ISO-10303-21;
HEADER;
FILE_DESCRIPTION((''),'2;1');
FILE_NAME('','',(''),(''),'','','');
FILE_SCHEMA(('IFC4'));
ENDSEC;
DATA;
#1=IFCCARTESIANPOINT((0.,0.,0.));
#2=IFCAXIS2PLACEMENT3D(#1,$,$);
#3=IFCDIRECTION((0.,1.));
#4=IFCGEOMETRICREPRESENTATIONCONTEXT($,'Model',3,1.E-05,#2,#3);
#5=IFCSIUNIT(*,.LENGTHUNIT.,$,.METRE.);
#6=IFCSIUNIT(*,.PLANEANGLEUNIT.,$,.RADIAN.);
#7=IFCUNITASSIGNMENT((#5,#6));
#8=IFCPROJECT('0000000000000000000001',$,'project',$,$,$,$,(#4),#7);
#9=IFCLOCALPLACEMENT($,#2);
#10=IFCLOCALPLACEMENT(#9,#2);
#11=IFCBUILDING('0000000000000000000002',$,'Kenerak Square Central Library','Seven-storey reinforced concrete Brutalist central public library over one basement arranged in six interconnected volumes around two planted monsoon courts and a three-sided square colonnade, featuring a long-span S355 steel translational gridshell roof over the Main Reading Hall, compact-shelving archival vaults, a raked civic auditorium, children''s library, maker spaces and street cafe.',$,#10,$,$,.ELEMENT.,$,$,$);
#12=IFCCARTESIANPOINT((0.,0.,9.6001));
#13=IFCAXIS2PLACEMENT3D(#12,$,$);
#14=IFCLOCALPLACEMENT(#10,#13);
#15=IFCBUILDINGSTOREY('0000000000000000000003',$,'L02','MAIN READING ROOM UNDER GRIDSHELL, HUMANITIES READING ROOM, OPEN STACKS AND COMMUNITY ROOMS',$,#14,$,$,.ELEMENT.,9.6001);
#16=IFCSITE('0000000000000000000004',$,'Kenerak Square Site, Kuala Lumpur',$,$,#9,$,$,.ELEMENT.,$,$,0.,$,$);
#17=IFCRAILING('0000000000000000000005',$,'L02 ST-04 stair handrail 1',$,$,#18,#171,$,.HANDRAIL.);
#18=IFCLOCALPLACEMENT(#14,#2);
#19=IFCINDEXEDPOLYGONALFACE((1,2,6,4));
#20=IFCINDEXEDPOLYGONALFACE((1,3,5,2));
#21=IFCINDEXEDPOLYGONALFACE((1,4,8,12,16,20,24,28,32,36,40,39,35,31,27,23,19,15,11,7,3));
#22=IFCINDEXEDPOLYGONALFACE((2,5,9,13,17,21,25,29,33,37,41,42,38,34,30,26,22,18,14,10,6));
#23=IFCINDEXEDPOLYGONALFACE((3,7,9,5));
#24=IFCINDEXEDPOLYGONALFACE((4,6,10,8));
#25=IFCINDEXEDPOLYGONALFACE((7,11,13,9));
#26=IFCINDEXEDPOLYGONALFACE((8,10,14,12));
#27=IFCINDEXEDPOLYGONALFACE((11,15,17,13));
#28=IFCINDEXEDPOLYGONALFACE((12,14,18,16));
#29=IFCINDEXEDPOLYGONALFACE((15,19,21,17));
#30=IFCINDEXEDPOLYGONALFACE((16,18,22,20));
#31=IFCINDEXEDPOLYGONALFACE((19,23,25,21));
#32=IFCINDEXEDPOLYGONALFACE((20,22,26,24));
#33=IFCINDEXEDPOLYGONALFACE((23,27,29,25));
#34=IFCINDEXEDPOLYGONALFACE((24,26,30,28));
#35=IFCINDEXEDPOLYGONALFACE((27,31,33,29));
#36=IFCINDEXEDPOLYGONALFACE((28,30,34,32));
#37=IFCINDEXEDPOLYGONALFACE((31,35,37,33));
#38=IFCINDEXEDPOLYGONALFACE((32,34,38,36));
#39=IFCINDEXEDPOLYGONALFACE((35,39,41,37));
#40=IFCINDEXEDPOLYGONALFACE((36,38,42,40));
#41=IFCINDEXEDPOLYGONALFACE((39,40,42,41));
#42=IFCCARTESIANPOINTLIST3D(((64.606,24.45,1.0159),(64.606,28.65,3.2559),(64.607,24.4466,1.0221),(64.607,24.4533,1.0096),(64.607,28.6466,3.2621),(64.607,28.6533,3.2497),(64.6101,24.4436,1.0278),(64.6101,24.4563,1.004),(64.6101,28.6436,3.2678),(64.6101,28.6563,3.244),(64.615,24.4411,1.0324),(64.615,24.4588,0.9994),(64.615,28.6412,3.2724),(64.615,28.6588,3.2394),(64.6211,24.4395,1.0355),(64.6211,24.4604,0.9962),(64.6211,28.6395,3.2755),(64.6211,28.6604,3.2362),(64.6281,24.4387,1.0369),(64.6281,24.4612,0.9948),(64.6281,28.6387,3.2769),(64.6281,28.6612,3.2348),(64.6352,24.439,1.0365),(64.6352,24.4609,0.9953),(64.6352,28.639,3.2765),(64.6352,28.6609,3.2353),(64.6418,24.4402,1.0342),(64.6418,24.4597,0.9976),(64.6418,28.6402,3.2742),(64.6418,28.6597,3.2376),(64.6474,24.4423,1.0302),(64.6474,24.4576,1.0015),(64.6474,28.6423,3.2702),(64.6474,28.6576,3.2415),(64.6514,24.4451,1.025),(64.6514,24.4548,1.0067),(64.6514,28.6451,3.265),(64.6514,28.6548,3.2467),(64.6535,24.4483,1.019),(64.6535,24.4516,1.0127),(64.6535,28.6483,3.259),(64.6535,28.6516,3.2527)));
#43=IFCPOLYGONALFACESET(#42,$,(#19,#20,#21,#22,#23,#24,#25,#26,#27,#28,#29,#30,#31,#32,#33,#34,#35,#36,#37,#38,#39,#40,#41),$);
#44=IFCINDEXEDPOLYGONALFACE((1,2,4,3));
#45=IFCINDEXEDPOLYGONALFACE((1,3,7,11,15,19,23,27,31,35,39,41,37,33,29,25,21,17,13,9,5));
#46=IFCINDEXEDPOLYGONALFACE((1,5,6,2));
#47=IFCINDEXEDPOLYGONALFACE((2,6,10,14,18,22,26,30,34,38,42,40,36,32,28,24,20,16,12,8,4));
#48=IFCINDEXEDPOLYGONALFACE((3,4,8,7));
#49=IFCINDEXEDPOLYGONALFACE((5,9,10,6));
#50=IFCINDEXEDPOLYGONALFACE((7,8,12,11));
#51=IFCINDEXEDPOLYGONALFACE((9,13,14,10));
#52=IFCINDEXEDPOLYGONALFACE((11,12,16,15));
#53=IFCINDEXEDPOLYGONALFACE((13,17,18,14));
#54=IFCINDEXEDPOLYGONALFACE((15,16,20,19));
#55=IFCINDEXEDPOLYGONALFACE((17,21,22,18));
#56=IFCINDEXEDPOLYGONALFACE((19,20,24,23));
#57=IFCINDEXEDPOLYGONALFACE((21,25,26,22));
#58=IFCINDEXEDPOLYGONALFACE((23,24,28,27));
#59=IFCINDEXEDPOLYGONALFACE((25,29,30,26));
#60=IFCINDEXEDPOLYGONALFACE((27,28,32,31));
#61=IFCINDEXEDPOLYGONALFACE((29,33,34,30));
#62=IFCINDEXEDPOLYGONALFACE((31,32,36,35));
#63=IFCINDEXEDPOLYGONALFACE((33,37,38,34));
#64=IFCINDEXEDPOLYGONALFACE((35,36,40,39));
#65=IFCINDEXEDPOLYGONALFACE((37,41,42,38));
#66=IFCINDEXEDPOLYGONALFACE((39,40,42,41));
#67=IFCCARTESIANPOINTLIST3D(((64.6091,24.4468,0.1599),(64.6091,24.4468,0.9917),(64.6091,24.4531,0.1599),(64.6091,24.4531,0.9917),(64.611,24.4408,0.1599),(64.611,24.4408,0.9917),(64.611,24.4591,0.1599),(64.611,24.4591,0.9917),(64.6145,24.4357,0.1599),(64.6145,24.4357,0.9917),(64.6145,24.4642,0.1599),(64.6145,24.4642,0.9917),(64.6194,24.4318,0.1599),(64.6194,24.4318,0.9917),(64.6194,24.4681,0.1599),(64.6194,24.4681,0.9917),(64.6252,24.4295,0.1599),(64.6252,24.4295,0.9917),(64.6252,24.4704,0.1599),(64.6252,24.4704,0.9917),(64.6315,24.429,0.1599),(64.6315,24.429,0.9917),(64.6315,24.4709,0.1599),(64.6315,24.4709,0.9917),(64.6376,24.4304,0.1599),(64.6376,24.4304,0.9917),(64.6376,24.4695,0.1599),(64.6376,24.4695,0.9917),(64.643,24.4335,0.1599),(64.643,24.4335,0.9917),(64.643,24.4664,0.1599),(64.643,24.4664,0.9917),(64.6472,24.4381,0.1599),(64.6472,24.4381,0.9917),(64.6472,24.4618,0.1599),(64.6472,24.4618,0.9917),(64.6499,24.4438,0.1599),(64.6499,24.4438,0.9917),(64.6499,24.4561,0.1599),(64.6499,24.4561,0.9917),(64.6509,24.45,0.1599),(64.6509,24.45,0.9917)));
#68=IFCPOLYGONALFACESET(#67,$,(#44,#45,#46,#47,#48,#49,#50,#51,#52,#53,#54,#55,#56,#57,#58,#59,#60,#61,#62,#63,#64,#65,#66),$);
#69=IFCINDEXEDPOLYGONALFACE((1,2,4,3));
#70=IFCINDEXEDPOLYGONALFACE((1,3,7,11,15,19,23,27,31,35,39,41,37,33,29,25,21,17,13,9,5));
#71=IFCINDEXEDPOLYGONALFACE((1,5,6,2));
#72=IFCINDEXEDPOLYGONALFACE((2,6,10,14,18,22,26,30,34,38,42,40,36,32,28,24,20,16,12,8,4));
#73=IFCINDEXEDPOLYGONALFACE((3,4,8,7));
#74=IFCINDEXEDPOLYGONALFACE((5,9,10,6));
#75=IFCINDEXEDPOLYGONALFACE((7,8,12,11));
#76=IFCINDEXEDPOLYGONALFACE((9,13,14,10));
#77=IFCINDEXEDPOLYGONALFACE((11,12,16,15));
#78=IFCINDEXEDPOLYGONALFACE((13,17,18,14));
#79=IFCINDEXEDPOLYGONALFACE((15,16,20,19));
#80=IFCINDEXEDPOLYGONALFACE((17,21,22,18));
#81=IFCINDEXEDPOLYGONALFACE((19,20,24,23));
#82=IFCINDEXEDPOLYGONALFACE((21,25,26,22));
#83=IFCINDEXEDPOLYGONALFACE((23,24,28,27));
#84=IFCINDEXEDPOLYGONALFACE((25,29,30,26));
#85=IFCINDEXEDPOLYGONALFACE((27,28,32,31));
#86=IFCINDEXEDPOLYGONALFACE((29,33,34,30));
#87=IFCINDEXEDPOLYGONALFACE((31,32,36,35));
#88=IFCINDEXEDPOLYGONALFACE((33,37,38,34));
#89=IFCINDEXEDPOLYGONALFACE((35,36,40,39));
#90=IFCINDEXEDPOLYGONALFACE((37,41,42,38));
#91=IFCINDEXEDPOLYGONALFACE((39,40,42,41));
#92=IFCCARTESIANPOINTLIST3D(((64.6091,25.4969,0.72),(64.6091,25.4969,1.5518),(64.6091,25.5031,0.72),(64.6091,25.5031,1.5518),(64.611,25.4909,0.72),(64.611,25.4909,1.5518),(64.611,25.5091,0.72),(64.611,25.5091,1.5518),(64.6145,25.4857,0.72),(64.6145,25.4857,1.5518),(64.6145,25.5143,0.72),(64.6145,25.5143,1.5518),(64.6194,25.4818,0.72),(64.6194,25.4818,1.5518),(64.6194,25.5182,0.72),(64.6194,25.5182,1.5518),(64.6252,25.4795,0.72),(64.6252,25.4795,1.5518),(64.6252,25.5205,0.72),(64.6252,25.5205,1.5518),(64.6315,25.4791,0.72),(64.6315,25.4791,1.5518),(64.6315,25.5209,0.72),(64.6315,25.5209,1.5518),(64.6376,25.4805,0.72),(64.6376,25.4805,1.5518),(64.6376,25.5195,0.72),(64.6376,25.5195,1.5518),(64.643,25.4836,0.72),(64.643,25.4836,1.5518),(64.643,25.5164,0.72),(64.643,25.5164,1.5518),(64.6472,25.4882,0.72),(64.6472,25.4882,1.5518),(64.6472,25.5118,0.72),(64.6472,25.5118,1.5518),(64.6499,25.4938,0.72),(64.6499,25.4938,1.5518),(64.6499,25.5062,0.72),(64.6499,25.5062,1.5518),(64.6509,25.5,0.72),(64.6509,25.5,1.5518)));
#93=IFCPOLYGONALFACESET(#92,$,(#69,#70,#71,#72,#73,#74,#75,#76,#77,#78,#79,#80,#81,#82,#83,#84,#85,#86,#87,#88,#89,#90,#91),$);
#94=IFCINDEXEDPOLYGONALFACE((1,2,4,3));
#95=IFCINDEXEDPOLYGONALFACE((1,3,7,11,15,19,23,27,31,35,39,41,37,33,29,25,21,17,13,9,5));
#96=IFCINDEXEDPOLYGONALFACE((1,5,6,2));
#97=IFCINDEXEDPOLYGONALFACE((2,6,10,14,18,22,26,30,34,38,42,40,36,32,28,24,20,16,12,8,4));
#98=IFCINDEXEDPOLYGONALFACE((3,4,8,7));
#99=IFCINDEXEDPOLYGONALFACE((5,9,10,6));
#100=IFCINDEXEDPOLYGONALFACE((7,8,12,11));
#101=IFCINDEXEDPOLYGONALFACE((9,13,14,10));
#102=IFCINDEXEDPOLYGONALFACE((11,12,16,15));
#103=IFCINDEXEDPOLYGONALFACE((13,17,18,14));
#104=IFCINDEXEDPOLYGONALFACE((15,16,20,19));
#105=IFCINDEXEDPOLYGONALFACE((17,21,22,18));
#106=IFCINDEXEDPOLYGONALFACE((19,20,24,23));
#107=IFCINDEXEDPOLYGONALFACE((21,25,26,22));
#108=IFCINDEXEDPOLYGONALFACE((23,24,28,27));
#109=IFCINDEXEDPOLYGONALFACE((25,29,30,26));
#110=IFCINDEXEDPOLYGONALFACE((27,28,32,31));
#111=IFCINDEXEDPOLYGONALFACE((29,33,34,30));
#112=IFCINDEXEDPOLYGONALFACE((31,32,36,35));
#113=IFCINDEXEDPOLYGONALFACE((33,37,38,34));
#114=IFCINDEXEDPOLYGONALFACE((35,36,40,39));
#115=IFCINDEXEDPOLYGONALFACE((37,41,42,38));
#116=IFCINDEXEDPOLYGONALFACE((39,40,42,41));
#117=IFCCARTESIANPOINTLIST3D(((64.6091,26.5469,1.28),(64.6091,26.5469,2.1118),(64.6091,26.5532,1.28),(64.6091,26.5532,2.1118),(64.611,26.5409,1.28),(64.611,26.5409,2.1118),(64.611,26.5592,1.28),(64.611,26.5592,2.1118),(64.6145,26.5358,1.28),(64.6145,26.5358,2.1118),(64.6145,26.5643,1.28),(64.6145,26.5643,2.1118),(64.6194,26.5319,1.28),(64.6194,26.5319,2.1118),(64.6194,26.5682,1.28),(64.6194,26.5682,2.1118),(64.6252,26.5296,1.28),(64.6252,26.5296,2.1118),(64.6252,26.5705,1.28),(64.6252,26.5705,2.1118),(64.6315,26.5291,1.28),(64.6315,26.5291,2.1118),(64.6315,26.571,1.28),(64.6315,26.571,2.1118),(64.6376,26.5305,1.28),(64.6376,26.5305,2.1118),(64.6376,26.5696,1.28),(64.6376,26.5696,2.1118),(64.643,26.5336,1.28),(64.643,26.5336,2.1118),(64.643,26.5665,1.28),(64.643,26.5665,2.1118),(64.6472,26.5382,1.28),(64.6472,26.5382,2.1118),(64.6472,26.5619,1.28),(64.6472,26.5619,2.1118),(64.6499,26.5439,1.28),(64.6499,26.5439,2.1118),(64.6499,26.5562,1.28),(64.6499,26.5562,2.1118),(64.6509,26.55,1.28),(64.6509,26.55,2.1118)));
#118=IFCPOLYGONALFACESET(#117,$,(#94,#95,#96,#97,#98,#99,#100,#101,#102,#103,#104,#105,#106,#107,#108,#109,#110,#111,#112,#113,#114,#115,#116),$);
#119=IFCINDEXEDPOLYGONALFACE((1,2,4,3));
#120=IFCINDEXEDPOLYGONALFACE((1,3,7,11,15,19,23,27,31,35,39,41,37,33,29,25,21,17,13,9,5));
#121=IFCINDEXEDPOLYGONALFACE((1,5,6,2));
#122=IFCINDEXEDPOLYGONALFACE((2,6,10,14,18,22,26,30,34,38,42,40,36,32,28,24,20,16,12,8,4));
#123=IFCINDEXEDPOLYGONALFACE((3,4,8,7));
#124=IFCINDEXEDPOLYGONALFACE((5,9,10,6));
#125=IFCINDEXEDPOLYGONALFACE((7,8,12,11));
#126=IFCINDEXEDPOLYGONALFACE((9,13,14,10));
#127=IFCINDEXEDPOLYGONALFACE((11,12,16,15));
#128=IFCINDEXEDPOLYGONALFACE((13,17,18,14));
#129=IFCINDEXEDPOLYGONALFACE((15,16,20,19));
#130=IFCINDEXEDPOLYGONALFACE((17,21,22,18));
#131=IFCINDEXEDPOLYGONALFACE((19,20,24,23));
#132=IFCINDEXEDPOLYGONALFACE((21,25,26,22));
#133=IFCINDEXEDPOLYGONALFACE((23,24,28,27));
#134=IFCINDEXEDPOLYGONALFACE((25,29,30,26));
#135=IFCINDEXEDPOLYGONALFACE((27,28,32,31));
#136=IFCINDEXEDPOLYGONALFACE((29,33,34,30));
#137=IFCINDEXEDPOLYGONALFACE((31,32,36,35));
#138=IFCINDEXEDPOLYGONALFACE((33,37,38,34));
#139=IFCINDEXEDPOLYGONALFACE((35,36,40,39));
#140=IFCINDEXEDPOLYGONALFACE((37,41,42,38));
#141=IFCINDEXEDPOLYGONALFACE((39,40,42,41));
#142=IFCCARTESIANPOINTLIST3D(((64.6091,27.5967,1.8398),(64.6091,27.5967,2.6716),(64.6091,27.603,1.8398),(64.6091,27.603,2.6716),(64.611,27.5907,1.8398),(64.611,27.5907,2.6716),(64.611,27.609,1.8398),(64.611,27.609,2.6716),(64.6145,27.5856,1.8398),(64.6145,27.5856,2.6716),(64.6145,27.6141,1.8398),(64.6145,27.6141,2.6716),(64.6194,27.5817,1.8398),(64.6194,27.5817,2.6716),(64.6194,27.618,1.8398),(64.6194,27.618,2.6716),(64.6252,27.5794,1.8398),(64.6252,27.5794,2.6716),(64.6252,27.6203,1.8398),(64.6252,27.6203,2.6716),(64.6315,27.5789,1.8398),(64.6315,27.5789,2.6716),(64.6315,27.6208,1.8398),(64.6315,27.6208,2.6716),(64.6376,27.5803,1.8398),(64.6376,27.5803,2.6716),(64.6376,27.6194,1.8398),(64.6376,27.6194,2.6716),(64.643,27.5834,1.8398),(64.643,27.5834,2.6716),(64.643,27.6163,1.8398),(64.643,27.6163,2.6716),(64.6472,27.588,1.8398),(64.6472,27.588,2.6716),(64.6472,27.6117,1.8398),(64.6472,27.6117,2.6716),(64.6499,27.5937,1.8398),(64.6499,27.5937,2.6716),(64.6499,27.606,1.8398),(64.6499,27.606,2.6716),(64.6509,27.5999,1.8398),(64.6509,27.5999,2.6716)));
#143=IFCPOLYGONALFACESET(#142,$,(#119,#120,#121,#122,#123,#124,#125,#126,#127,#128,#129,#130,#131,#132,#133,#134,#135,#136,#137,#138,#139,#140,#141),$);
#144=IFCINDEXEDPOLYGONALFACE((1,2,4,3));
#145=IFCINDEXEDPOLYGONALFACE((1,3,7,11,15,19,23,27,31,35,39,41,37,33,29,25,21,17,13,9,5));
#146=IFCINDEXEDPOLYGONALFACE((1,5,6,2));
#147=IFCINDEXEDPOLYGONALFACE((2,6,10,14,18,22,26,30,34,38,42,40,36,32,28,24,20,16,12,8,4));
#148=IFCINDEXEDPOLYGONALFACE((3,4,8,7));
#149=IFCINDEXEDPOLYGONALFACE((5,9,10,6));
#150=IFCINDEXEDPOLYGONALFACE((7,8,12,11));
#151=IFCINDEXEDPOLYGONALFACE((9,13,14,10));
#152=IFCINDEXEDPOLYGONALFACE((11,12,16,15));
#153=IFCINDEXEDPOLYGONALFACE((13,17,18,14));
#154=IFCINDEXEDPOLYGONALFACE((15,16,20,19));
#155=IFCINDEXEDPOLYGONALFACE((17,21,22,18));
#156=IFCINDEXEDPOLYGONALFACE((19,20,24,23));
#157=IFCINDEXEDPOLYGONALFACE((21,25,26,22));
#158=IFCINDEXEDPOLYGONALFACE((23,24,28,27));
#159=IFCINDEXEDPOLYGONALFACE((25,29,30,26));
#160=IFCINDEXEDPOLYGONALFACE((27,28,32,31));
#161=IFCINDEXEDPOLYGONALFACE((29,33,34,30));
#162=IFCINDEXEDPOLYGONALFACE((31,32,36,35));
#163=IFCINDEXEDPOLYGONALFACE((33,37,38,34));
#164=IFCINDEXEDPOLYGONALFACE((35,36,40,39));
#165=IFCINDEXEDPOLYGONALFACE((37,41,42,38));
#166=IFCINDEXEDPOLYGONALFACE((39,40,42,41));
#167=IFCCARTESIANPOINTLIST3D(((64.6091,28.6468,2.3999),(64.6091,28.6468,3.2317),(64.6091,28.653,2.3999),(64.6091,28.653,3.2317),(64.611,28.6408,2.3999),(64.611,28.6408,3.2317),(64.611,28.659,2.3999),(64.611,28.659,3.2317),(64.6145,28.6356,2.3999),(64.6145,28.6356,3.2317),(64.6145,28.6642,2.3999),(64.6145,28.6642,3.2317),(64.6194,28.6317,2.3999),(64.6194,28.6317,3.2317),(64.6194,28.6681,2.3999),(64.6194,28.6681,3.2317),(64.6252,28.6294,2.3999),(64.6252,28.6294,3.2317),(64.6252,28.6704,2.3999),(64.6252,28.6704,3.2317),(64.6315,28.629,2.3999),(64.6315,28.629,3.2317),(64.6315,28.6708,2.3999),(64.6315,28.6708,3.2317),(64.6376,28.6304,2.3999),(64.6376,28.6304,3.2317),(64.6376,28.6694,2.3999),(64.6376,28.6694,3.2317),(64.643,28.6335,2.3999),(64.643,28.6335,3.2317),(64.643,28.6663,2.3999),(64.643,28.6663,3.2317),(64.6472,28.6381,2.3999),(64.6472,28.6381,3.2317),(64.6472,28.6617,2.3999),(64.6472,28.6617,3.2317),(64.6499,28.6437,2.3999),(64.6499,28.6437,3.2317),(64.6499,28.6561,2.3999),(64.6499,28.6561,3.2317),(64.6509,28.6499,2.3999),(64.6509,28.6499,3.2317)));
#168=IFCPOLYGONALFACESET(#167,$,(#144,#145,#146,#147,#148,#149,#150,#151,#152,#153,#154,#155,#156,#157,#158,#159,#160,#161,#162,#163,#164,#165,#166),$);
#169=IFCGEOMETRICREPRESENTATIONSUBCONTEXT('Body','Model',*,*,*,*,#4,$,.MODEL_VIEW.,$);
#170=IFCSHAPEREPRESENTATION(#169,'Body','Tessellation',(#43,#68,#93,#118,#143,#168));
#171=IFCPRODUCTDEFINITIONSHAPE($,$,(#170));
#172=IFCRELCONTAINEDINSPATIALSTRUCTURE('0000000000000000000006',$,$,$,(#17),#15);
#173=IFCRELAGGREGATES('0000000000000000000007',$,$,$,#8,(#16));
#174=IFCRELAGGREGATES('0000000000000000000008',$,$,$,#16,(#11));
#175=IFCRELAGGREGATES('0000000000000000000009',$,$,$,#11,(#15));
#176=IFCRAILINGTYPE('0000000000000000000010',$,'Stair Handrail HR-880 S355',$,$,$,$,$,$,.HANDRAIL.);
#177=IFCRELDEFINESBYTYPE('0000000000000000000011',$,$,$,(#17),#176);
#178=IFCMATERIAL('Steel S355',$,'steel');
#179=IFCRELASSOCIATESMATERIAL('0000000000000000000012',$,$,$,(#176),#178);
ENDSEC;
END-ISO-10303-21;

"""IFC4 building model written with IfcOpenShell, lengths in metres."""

from ifc_helpers import new_model, si_unit, direction, frame, origin, origin_2d, place, context, subcontext, project, spatial, circle, extrude, material, type_object, element, save


model = new_model("IFC4")

# Units and contexts
model_context = context("Model", 3, precision=1e-05, world=origin(), true_north=direction((0.0, 1.0)))
body_context = subcontext(model_context, "Body", "Model", "MODEL_VIEW")
ifc_project = project(units=[si_unit("LENGTHUNIT", "METRE"), si_unit("PLANEANGLEUNIT", "RADIAN")], contexts=[model_context])

# Site, building, storey
site_placement = place(None, origin())
site = spatial("IfcSite", under=ifc_project, at=site_placement, Name="Kenerak Square Site, Kuala Lumpur", CompositionType="ELEMENT", RefElevation=0.0)
building_placement = place(site_placement, origin())
building = spatial("IfcBuilding", under=site, at=building_placement, Name="Kenerak Square Central Library", Description="Seven-storey reinforced concrete Brutalist central public library over one basement arranged in six interconnected volumes around two planted monsoon courts and a three-sided square colonnade, featuring a long-span S355 steel translational gridshell roof over the Main Reading Hall, compact-shelving archival vaults, a raked civic auditorium, children's library, maker spaces and street cafe.", CompositionType="ELEMENT")
storey_placement = place(building_placement, frame((0.0, 0.0, 9.6001)))
storey = spatial("IfcBuildingStorey", under=building, at=storey_placement, Name="L02", Description="MAIN READING ROOM UNDER GRIDSHELL, HUMANITIES READING ROOM, OPEN STACKS AND COMMUNITY ROOMS", CompositionType="ELEMENT", Elevation=9.6001)

# Shared definitions
ifc_material_1 = material(Name="Steel S355", Category="steel")

# Railing
railing_type_1 = type_object("IfcRailingType", Name="Stair Handrail HR-880 S355", PredefinedType="HANDRAIL", material=ifc_material_1)
railing_1_placement = place(storey_placement, frame((64.6299, 24.45, 0.1599)))
element("IfcRailing", 1, at=railing_1_placement, inside=storey, type_object=railing_type_1, Name="L02 ST-04 stair handrail 1", PredefinedType="HANDRAIL", context=body_context, shape_type="SweptSolid", body=[
    extrude(circle(Radius=0.0239, at=origin_2d()), frame((0.0, 0.0, 0.856), z_axis=(0.0, 0.882352, 0.470591), x_axis=(-1.0, 0.0, 0.0)), (0.0, 0.0, 1.0), 4.76),
    extrude(circle(Radius=0.021, at=origin_2d()), origin(), (0.0, 0.0, 1.0), 0.8318),
    extrude(circle(Radius=0.021, at=origin_2d()), frame((0.0, 1.05, 0.5601)), (0.0, 0.0, 1.0), 0.8318),
    extrude(circle(Radius=0.021, at=origin_2d()), frame((0.0, 2.1001, 1.1201)), (0.0, 0.0, 1.0), 0.8318),
    extrude(circle(Radius=0.021, at=origin_2d()), frame((0.0, 3.1499, 1.6799)), (0.0, 0.0, 1.0), 0.8318),
    extrude(circle(Radius=0.021, at=origin_2d()), frame((0.0, 4.2, 2.24)), (0.0, 0.0, 1.0), 0.8318),
])

save(model, "model.ifc")
